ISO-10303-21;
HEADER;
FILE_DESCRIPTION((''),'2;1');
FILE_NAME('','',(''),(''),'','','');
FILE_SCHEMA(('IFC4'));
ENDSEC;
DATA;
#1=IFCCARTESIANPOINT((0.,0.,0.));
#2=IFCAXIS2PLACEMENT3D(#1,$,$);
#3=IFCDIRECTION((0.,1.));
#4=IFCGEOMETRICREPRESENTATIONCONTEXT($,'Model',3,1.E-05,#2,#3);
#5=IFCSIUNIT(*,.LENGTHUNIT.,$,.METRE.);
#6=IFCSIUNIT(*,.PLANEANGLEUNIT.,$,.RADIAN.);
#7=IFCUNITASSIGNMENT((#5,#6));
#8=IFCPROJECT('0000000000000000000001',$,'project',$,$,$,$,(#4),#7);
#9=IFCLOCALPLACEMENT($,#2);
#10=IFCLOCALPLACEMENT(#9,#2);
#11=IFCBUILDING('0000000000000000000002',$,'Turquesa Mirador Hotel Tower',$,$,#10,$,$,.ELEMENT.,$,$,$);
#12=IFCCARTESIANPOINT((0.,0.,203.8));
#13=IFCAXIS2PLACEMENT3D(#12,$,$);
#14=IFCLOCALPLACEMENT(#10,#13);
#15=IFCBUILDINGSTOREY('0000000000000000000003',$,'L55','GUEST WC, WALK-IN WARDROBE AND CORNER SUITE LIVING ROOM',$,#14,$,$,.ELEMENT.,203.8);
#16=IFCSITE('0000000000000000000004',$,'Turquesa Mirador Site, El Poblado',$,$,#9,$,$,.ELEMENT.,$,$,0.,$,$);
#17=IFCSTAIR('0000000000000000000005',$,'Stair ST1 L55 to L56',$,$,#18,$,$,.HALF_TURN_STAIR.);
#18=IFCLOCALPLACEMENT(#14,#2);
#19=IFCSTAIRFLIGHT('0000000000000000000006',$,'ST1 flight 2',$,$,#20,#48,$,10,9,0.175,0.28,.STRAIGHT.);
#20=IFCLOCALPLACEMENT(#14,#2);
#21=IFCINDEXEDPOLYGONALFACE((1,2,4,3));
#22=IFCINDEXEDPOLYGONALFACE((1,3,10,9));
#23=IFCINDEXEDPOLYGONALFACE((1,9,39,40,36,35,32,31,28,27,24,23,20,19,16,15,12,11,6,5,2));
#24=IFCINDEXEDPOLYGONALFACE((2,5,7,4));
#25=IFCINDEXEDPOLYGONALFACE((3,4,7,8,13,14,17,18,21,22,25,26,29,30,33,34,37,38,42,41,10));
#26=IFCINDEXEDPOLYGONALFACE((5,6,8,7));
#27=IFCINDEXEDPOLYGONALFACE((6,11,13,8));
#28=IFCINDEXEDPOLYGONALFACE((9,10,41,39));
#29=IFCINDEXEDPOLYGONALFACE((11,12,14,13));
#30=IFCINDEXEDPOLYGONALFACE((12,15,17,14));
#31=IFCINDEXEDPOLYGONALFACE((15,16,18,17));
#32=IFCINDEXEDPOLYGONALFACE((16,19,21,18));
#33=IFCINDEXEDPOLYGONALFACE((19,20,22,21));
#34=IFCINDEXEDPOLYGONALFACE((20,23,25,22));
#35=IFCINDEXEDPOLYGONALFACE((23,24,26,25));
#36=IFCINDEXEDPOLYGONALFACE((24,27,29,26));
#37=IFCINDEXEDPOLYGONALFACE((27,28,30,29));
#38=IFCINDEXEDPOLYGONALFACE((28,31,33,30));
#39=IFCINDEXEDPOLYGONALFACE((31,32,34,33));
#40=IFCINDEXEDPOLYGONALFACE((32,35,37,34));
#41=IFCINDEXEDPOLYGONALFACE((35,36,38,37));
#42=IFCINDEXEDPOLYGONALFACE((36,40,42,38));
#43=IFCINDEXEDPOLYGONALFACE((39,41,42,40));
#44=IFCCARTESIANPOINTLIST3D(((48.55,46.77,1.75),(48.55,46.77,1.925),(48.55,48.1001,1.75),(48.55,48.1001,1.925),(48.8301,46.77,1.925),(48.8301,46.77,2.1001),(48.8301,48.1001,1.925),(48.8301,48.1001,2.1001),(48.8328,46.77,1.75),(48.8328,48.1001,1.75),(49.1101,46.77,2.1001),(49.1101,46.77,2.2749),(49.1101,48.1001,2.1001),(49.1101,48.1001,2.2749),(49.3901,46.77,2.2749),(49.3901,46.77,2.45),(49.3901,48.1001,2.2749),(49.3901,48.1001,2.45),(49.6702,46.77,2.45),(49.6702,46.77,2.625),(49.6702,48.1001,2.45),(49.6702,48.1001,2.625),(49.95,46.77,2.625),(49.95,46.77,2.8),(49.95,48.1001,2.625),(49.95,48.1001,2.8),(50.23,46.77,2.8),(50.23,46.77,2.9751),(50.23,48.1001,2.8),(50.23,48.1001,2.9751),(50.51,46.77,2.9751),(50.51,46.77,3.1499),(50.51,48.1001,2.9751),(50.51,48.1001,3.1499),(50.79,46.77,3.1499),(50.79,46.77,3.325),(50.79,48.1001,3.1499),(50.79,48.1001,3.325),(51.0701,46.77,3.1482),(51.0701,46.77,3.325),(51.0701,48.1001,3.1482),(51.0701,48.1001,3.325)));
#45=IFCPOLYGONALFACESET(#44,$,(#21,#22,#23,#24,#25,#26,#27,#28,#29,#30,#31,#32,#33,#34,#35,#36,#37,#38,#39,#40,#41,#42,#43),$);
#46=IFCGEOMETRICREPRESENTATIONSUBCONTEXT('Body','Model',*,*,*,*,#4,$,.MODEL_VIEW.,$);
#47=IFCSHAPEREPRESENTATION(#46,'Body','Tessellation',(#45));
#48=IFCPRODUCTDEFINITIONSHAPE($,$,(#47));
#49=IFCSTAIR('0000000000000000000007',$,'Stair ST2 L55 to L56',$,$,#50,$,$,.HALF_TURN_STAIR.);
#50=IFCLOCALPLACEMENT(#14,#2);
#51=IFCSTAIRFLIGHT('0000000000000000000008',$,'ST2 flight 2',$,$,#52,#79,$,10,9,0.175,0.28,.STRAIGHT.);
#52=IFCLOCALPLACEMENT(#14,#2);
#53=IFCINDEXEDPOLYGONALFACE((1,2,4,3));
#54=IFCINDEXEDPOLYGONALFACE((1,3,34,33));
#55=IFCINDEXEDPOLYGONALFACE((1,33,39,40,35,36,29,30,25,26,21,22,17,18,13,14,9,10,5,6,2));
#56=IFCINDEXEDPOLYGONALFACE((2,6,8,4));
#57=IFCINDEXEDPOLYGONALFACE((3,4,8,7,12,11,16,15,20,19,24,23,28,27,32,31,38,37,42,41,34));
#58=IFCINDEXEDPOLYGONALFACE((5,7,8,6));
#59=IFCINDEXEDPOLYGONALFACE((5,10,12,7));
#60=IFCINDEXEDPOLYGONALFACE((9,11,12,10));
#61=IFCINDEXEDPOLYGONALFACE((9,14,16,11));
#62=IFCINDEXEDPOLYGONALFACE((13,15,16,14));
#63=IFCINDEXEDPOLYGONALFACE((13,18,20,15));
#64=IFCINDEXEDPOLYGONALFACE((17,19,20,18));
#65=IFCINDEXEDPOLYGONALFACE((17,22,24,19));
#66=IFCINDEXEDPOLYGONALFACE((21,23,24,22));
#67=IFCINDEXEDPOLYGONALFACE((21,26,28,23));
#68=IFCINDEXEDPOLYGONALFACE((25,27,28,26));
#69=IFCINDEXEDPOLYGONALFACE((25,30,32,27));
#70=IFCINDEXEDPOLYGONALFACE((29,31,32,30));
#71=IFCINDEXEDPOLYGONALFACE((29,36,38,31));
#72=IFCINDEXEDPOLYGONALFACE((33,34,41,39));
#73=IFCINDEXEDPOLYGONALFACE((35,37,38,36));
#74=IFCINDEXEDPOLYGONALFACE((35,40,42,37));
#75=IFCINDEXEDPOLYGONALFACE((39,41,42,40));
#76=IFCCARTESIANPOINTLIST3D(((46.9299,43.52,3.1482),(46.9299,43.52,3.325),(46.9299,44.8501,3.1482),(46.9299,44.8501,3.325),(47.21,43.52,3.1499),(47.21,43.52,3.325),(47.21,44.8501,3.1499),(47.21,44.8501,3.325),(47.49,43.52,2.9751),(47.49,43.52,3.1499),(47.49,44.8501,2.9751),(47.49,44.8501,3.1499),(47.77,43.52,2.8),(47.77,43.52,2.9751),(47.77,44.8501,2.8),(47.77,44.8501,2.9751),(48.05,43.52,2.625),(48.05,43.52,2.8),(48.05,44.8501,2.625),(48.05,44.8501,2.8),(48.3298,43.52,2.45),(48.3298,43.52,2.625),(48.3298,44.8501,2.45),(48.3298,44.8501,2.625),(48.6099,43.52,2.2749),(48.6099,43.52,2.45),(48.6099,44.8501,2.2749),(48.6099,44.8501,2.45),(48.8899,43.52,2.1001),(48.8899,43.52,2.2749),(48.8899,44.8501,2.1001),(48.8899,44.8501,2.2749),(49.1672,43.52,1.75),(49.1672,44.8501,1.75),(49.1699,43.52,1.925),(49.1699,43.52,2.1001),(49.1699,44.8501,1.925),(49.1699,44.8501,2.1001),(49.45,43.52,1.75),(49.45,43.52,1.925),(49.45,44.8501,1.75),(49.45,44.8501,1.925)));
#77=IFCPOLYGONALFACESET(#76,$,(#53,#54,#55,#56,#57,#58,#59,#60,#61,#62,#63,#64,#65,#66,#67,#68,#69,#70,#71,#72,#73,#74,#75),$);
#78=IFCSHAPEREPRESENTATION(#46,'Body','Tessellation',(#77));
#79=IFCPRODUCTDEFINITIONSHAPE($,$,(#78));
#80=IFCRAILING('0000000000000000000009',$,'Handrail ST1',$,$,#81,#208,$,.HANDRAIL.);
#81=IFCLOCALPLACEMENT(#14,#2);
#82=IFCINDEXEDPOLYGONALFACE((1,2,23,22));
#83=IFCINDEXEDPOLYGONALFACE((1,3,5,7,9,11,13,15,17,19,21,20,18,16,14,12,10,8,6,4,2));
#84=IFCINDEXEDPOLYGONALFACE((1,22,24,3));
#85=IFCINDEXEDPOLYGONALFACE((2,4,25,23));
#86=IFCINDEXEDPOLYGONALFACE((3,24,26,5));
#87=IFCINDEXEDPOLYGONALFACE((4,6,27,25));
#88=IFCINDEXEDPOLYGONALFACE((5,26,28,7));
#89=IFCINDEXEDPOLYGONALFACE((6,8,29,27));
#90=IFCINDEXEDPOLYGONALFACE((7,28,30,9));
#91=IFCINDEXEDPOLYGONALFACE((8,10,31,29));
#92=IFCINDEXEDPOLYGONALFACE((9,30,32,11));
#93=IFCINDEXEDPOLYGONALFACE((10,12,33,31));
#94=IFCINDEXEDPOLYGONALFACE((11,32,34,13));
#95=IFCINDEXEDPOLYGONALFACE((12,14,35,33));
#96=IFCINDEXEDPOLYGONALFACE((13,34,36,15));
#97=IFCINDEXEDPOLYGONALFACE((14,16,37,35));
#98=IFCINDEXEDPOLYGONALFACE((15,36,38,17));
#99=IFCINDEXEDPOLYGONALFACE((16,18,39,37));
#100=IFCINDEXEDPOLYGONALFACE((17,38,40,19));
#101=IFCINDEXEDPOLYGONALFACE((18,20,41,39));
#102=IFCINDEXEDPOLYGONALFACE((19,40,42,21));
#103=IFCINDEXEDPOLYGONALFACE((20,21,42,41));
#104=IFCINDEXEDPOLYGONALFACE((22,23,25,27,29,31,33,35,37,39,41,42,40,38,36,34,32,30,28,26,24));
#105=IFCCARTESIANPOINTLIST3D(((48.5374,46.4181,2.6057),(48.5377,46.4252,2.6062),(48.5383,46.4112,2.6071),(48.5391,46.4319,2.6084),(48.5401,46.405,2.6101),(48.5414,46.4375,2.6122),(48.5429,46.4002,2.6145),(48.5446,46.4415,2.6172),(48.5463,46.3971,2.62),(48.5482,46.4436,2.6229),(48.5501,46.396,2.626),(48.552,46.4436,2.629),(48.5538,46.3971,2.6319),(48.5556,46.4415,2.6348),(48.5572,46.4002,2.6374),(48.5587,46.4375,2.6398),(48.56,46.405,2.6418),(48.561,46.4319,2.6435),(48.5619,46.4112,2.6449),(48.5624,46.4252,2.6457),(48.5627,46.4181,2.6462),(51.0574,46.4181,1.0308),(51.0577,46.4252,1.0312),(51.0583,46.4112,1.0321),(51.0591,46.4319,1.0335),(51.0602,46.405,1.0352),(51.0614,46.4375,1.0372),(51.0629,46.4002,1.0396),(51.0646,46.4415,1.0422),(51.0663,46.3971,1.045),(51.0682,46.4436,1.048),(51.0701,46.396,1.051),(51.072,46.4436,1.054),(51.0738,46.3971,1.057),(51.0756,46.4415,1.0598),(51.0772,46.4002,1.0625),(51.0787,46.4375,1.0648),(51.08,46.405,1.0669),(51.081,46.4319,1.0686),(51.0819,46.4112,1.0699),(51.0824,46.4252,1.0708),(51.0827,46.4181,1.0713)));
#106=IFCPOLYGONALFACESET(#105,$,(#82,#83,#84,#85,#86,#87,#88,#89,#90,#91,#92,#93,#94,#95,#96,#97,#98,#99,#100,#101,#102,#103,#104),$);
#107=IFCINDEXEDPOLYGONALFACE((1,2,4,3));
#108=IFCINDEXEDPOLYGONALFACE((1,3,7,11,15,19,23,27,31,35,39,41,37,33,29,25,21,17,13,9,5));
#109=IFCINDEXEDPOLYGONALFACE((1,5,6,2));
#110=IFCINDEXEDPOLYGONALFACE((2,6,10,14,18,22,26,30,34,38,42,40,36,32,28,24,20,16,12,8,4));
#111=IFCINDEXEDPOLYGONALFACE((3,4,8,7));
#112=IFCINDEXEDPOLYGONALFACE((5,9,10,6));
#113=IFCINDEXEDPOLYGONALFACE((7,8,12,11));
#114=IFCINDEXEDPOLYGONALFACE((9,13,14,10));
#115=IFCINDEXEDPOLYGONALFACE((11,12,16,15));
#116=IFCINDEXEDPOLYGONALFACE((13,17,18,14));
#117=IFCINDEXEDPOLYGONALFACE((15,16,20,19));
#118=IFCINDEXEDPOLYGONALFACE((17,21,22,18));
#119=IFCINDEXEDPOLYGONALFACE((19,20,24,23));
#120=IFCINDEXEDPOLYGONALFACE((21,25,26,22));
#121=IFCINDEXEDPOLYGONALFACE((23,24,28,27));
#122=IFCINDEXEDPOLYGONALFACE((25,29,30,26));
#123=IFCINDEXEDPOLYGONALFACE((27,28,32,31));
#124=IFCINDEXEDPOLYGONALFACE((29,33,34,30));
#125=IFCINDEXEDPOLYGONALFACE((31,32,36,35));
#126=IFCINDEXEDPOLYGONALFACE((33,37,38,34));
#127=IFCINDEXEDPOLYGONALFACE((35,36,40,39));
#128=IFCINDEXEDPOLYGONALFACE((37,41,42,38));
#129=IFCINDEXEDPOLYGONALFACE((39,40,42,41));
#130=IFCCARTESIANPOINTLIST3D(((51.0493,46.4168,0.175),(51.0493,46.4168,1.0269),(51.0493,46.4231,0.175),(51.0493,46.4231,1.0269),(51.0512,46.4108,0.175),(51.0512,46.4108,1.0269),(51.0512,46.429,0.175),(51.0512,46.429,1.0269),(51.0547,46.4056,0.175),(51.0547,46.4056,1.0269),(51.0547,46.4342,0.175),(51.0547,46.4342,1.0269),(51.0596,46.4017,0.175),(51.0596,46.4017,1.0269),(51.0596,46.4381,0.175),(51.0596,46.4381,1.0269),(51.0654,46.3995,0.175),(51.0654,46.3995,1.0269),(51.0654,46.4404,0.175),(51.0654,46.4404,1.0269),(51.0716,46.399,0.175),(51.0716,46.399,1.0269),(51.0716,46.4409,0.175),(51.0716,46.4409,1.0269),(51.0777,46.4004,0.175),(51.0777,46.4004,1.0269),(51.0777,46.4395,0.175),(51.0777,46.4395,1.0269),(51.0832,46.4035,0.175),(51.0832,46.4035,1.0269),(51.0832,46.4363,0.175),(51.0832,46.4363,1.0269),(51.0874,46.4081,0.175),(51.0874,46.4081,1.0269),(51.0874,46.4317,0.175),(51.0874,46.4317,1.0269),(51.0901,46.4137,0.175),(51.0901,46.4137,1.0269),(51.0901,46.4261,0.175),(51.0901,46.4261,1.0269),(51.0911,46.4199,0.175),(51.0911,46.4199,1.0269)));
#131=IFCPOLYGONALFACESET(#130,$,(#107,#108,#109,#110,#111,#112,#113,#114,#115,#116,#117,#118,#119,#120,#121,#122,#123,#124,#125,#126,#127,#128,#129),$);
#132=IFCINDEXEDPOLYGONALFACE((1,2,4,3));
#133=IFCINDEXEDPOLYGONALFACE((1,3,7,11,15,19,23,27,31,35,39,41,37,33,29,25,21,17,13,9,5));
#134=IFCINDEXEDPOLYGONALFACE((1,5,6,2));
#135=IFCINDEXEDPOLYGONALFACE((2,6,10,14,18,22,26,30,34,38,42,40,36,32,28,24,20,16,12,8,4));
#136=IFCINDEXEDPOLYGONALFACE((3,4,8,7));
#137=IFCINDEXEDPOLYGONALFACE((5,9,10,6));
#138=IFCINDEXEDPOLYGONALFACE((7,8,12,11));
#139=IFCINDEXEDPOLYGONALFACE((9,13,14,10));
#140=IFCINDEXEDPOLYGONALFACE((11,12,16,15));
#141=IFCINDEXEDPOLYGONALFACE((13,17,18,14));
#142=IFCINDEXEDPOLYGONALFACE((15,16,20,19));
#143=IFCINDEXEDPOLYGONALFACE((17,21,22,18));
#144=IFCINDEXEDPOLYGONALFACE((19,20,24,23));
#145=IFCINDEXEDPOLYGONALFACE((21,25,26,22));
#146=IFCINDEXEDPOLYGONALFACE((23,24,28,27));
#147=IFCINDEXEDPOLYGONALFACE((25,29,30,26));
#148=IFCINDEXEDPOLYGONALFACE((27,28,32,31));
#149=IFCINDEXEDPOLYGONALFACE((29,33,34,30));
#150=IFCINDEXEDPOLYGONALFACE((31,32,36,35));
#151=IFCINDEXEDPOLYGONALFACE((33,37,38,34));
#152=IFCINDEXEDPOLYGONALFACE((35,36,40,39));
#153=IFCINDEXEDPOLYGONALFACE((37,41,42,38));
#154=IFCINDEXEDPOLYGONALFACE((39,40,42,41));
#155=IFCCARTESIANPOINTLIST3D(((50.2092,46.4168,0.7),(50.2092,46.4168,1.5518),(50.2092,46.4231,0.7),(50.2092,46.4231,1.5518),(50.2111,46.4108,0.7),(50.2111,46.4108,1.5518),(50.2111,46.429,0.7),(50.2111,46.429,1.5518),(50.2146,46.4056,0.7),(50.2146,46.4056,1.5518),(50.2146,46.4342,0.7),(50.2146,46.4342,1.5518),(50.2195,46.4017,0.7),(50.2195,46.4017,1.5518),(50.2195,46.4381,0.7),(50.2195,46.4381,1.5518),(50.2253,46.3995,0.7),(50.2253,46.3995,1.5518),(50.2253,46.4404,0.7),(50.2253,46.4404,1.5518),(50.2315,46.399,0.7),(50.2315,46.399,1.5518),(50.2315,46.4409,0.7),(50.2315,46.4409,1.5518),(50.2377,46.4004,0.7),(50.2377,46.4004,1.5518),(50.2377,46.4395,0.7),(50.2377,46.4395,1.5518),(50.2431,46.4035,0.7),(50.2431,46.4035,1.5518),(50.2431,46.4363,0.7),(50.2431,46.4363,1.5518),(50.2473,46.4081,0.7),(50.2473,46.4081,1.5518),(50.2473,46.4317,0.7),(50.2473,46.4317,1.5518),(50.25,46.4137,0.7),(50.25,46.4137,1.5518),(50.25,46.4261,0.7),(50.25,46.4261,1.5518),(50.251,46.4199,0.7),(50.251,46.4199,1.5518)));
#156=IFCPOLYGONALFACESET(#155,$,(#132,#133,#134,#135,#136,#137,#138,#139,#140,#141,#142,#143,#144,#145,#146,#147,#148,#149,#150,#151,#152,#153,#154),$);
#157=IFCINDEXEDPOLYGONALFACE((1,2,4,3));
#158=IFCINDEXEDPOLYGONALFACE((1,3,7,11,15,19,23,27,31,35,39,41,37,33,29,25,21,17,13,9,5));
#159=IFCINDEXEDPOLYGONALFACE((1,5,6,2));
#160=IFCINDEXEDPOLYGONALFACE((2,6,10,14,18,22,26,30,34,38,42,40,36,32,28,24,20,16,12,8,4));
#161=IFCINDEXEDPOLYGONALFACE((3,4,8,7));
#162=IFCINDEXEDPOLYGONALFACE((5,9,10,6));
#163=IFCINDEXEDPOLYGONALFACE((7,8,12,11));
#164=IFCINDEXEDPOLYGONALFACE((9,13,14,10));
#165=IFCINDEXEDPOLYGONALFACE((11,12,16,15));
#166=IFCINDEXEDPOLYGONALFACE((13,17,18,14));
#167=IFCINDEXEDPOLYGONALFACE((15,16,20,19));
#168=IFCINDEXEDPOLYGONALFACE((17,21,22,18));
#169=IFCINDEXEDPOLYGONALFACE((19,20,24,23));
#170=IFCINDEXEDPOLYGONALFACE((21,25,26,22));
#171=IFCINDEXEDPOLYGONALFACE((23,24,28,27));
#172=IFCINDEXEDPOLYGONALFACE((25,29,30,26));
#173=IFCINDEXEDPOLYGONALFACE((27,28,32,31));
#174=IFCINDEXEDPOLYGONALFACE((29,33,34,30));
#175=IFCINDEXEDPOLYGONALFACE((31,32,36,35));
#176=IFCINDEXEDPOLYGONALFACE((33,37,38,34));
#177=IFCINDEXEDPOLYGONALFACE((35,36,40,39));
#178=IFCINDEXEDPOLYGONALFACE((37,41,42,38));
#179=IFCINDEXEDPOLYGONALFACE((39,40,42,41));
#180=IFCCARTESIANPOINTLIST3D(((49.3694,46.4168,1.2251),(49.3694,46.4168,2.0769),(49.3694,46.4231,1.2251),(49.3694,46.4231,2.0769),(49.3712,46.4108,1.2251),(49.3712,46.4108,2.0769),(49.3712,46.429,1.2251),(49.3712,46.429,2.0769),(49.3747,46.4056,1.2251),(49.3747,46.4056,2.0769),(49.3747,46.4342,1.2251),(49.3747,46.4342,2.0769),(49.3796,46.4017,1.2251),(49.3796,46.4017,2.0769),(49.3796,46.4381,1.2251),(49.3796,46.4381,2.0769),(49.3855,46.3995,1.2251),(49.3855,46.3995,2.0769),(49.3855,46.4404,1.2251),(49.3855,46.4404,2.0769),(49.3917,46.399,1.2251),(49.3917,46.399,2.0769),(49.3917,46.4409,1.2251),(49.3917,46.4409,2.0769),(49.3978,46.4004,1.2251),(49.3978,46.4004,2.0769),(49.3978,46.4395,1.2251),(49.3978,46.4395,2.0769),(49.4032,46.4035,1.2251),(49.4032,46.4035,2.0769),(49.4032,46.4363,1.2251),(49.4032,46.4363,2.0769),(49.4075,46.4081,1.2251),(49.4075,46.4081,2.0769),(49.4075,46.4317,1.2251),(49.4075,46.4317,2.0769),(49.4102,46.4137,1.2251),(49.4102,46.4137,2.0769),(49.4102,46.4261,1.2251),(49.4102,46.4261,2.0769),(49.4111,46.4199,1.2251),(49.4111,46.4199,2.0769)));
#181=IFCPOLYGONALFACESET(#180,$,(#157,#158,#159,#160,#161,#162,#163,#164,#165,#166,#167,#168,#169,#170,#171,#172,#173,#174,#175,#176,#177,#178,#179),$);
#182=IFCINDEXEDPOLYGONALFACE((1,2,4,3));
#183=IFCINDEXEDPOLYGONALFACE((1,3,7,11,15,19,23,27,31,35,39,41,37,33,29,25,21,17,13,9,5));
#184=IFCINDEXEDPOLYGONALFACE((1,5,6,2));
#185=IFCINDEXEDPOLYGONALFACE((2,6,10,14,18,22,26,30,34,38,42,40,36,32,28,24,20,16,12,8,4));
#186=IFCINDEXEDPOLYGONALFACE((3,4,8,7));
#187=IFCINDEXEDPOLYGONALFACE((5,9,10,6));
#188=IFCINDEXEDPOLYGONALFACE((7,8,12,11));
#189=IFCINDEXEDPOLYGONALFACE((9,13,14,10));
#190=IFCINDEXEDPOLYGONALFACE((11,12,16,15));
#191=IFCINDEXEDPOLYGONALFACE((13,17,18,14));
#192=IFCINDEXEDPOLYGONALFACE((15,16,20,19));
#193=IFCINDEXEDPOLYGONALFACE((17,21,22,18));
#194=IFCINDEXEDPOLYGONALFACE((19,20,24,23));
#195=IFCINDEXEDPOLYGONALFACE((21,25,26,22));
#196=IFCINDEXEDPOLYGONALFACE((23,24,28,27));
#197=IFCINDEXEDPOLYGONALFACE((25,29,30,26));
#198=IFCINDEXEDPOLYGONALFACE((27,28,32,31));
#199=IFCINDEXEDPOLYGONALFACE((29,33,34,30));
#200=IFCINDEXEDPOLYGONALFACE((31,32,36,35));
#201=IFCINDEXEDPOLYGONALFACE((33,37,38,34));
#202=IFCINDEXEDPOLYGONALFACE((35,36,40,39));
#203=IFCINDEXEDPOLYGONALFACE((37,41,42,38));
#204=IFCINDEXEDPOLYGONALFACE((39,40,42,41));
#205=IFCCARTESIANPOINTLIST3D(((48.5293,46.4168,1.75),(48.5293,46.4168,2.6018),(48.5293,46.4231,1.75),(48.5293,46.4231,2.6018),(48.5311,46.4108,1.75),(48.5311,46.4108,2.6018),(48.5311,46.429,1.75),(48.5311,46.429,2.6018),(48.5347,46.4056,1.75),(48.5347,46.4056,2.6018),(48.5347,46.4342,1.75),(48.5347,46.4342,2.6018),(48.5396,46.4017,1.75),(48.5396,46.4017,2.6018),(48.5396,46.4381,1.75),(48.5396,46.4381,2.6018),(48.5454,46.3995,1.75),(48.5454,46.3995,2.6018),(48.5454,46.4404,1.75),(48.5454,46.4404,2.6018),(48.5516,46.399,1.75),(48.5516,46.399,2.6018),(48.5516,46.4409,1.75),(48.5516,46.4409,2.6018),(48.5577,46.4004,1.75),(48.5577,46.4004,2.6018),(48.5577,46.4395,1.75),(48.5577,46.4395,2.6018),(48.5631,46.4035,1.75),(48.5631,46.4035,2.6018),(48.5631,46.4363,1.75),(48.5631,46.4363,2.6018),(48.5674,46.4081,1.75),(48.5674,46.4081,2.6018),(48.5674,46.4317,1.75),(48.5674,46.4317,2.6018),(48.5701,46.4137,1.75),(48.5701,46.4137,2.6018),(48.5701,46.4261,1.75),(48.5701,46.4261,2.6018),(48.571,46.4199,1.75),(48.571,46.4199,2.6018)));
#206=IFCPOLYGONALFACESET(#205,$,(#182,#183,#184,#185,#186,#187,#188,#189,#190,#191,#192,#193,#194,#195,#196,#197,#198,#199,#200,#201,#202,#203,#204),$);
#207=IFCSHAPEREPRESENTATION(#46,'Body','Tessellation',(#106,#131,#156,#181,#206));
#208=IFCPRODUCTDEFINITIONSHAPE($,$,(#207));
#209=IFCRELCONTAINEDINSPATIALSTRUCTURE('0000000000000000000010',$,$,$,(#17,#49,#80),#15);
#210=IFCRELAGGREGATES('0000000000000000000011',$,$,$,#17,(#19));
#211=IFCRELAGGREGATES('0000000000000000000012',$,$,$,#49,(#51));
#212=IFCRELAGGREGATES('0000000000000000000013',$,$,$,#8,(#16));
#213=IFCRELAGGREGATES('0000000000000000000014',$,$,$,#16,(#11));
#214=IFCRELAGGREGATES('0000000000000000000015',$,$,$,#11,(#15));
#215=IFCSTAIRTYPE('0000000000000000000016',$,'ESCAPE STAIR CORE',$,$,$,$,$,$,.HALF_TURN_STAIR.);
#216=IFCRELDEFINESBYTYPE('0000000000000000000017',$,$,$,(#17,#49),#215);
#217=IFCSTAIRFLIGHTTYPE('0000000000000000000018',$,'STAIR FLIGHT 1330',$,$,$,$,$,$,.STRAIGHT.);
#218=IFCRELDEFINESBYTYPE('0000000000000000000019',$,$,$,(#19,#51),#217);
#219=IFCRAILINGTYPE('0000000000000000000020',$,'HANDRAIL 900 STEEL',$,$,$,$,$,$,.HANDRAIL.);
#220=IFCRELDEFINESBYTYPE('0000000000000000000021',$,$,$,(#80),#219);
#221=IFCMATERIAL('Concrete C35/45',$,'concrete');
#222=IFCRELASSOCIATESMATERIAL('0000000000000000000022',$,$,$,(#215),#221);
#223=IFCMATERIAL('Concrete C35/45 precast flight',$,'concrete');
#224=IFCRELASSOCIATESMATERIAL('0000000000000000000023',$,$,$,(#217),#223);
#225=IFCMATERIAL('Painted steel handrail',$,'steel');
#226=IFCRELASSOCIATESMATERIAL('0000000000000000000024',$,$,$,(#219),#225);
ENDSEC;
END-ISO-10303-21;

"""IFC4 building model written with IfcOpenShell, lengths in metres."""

from ifc_helpers import new_model, si_unit, direction, frame, origin, origin_2d, place, context, subcontext, project, spatial, polyline, circle, outline, extrude, material, type_object, element, aggregate, save


model = new_model("IFC4")

# Units and contexts
model_context = context("Model", 3, precision=1e-05, world=origin(), true_north=direction((0.0, 1.0)))
body_context = subcontext(model_context, "Body", "Model", "MODEL_VIEW")
ifc_project = project(units=[si_unit("LENGTHUNIT", "METRE"), si_unit("PLANEANGLEUNIT", "RADIAN")], contexts=[model_context])

# Site, building, storey
site_placement = place(None, origin())
site = spatial("IfcSite", under=ifc_project, at=site_placement, Name="Turquesa Mirador Site, El Poblado", CompositionType="ELEMENT", RefElevation=0.0)
building_placement = place(site_placement, origin())
building = spatial("IfcBuilding", under=site, at=building_placement, Name="Turquesa Mirador Hotel Tower", CompositionType="ELEMENT")
storey_placement = place(building_placement, frame((0.0, 0.0, 203.8)))
storey = spatial("IfcBuildingStorey", under=building, at=storey_placement, Name="L55", Description="GUEST WC, WALK-IN WARDROBE AND CORNER SUITE LIVING ROOM", CompositionType="ELEMENT", Elevation=203.8)

# Stair, stair flight
ifc_material_1 = material(Name="Concrete C35/45", Category="concrete")
stair_type = type_object("IfcStairType", Name="ESCAPE STAIR CORE", PredefinedType="HALF_TURN_STAIR", material=ifc_material_1)
stair_1_placement = place(storey_placement, origin())
stair_1 = element("IfcStair", 1, at=stair_1_placement, inside=storey, type_object=stair_type, Name="Stair ST1 L55 to L56", PredefinedType="HALF_TURN_STAIR")
ifc_material_2 = material(Name="Concrete C35/45 precast flight", Category="concrete")
stair_flight_type = type_object("IfcStairFlightType", Name="STAIR FLIGHT 1330", PredefinedType="STRAIGHT", material=ifc_material_2)
stair_flight_1_placement = place(storey_placement, frame((48.55, 47.4351, 1.75), z_axis=(0.0, 0.0, 1.0), x_axis=(1.0, 0.0, 0.0)))
stair_flight_1 = element("IfcStairFlight", 2, at=stair_flight_1_placement, type_object=stair_flight_type, Name="ST1 flight 2", NumberOfRisers=10, NumberOfTreads=9, PredefinedType="STRAIGHT", RiserHeight=0.175, TreadLength=0.28, context=body_context, shape_type="SweptSolid", body=[
    extrude(outline(polyline([(0.0, 0.0), (0.0, 0.175), (0.28, 0.175), (0.28, 0.3501), (0.5601, 0.3501), (0.5601, 0.5249), (0.8401, 0.5249), (0.8401, 0.7), (1.1201, 0.7), (1.1201, 0.875), (1.3999, 0.875), (1.3999, 1.05), (1.6799, 1.05), (1.6799, 1.2251), (1.96, 1.2251), (1.96, 1.3999), (2.24, 1.3999), (2.24, 1.575), (2.52, 1.575), (2.52, 1.75), (2.52, 1.3982), (0.2827, 0.0), (0.0, 0.0)])), frame((0.0, 0.665, 0.0), z_axis=(0.0, -1.0, 0.0), x_axis=(1.0, 0.0, 0.0)), (0.0, 0.0, 1.0), 1.3301),
])
aggregate(stair_1, [stair_flight_1])

# Stair, stair flight
stair_2_placement = place(storey_placement, origin())
stair_2 = element("IfcStair", 3, at=stair_2_placement, inside=storey, type_object=stair_type, Name="Stair ST2 L55 to L56", PredefinedType="HALF_TURN_STAIR")
stair_flight_2_placement = place(storey_placement, frame((49.45, 44.1851, 1.75), z_axis=(0.0, 0.0, 1.0), x_axis=(-1.0, 0.0, 0.0)))
stair_flight_2 = element("IfcStairFlight", 4, at=stair_flight_2_placement, type_object=stair_flight_type, Name="ST2 flight 2", NumberOfRisers=10, NumberOfTreads=9, PredefinedType="STRAIGHT", RiserHeight=0.175, TreadLength=0.28, context=body_context, shape_type="SweptSolid", body=[
    extrude(outline(polyline([(0.0, 0.0), (0.0, 0.175), (0.28, 0.175), (0.28, 0.3501), (0.5601, 0.3501), (0.5601, 0.5249), (0.8401, 0.5249), (0.8401, 0.7), (1.1201, 0.7), (1.1201, 0.875), (1.3999, 0.875), (1.3999, 1.05), (1.6799, 1.05), (1.6799, 1.2251), (1.96, 1.2251), (1.96, 1.3999), (2.24, 1.3999), (2.24, 1.575), (2.52, 1.575), (2.52, 1.75), (2.52, 1.3982), (0.2827, 0.0), (0.0, 0.0)])), frame((0.0, 0.665, 0.0), z_axis=(0.0, -1.0, 0.0), x_axis=(1.0, 0.0, 0.0)), (0.0, 0.0, 1.0), 1.3301),
])
aggregate(stair_2, [stair_flight_2])

# Railing
ifc_material_3 = material(Name="Painted steel handrail", Category="steel")
railing_type = type_object("IfcRailingType", Name="HANDRAIL 900 STEEL", PredefinedType="HANDRAIL", material=ifc_material_3)
railing_1_placement = place(storey_placement, frame((51.0701, 46.4199, 0.175)))
element("IfcRailing", 5, at=railing_1_placement, inside=storey, type_object=railing_type, Name="Handrail ST1", PredefinedType="HANDRAIL", context=body_context, shape_type="SweptSolid", body=[
    extrude(circle(Radius=0.0239, at=origin_2d()), frame((0.0, 0.0, 0.876), z_axis=(-0.848008, 0.0, 0.529984), x_axis=(0.0, -1.0, 0.0)), (0.0, 0.0, 1.0), 2.9717),
    extrude(circle(Radius=0.021, at=origin_2d()), origin(), (0.0, 0.0, 1.0), 0.8518),
    extrude(circle(Radius=0.021, at=origin_2d()), frame((-0.8401, 0.0, 0.5249)), (0.0, 0.0, 1.0), 0.8518),
    extrude(circle(Radius=0.021, at=origin_2d()), frame((-1.6799, 0.0, 1.05)), (0.0, 0.0, 1.0), 0.8518),
    extrude(circle(Radius=0.021, at=origin_2d()), frame((-2.52, 0.0, 1.575)), (0.0, 0.0, 1.0), 0.8518),
])

save(model, "model.ifc")
